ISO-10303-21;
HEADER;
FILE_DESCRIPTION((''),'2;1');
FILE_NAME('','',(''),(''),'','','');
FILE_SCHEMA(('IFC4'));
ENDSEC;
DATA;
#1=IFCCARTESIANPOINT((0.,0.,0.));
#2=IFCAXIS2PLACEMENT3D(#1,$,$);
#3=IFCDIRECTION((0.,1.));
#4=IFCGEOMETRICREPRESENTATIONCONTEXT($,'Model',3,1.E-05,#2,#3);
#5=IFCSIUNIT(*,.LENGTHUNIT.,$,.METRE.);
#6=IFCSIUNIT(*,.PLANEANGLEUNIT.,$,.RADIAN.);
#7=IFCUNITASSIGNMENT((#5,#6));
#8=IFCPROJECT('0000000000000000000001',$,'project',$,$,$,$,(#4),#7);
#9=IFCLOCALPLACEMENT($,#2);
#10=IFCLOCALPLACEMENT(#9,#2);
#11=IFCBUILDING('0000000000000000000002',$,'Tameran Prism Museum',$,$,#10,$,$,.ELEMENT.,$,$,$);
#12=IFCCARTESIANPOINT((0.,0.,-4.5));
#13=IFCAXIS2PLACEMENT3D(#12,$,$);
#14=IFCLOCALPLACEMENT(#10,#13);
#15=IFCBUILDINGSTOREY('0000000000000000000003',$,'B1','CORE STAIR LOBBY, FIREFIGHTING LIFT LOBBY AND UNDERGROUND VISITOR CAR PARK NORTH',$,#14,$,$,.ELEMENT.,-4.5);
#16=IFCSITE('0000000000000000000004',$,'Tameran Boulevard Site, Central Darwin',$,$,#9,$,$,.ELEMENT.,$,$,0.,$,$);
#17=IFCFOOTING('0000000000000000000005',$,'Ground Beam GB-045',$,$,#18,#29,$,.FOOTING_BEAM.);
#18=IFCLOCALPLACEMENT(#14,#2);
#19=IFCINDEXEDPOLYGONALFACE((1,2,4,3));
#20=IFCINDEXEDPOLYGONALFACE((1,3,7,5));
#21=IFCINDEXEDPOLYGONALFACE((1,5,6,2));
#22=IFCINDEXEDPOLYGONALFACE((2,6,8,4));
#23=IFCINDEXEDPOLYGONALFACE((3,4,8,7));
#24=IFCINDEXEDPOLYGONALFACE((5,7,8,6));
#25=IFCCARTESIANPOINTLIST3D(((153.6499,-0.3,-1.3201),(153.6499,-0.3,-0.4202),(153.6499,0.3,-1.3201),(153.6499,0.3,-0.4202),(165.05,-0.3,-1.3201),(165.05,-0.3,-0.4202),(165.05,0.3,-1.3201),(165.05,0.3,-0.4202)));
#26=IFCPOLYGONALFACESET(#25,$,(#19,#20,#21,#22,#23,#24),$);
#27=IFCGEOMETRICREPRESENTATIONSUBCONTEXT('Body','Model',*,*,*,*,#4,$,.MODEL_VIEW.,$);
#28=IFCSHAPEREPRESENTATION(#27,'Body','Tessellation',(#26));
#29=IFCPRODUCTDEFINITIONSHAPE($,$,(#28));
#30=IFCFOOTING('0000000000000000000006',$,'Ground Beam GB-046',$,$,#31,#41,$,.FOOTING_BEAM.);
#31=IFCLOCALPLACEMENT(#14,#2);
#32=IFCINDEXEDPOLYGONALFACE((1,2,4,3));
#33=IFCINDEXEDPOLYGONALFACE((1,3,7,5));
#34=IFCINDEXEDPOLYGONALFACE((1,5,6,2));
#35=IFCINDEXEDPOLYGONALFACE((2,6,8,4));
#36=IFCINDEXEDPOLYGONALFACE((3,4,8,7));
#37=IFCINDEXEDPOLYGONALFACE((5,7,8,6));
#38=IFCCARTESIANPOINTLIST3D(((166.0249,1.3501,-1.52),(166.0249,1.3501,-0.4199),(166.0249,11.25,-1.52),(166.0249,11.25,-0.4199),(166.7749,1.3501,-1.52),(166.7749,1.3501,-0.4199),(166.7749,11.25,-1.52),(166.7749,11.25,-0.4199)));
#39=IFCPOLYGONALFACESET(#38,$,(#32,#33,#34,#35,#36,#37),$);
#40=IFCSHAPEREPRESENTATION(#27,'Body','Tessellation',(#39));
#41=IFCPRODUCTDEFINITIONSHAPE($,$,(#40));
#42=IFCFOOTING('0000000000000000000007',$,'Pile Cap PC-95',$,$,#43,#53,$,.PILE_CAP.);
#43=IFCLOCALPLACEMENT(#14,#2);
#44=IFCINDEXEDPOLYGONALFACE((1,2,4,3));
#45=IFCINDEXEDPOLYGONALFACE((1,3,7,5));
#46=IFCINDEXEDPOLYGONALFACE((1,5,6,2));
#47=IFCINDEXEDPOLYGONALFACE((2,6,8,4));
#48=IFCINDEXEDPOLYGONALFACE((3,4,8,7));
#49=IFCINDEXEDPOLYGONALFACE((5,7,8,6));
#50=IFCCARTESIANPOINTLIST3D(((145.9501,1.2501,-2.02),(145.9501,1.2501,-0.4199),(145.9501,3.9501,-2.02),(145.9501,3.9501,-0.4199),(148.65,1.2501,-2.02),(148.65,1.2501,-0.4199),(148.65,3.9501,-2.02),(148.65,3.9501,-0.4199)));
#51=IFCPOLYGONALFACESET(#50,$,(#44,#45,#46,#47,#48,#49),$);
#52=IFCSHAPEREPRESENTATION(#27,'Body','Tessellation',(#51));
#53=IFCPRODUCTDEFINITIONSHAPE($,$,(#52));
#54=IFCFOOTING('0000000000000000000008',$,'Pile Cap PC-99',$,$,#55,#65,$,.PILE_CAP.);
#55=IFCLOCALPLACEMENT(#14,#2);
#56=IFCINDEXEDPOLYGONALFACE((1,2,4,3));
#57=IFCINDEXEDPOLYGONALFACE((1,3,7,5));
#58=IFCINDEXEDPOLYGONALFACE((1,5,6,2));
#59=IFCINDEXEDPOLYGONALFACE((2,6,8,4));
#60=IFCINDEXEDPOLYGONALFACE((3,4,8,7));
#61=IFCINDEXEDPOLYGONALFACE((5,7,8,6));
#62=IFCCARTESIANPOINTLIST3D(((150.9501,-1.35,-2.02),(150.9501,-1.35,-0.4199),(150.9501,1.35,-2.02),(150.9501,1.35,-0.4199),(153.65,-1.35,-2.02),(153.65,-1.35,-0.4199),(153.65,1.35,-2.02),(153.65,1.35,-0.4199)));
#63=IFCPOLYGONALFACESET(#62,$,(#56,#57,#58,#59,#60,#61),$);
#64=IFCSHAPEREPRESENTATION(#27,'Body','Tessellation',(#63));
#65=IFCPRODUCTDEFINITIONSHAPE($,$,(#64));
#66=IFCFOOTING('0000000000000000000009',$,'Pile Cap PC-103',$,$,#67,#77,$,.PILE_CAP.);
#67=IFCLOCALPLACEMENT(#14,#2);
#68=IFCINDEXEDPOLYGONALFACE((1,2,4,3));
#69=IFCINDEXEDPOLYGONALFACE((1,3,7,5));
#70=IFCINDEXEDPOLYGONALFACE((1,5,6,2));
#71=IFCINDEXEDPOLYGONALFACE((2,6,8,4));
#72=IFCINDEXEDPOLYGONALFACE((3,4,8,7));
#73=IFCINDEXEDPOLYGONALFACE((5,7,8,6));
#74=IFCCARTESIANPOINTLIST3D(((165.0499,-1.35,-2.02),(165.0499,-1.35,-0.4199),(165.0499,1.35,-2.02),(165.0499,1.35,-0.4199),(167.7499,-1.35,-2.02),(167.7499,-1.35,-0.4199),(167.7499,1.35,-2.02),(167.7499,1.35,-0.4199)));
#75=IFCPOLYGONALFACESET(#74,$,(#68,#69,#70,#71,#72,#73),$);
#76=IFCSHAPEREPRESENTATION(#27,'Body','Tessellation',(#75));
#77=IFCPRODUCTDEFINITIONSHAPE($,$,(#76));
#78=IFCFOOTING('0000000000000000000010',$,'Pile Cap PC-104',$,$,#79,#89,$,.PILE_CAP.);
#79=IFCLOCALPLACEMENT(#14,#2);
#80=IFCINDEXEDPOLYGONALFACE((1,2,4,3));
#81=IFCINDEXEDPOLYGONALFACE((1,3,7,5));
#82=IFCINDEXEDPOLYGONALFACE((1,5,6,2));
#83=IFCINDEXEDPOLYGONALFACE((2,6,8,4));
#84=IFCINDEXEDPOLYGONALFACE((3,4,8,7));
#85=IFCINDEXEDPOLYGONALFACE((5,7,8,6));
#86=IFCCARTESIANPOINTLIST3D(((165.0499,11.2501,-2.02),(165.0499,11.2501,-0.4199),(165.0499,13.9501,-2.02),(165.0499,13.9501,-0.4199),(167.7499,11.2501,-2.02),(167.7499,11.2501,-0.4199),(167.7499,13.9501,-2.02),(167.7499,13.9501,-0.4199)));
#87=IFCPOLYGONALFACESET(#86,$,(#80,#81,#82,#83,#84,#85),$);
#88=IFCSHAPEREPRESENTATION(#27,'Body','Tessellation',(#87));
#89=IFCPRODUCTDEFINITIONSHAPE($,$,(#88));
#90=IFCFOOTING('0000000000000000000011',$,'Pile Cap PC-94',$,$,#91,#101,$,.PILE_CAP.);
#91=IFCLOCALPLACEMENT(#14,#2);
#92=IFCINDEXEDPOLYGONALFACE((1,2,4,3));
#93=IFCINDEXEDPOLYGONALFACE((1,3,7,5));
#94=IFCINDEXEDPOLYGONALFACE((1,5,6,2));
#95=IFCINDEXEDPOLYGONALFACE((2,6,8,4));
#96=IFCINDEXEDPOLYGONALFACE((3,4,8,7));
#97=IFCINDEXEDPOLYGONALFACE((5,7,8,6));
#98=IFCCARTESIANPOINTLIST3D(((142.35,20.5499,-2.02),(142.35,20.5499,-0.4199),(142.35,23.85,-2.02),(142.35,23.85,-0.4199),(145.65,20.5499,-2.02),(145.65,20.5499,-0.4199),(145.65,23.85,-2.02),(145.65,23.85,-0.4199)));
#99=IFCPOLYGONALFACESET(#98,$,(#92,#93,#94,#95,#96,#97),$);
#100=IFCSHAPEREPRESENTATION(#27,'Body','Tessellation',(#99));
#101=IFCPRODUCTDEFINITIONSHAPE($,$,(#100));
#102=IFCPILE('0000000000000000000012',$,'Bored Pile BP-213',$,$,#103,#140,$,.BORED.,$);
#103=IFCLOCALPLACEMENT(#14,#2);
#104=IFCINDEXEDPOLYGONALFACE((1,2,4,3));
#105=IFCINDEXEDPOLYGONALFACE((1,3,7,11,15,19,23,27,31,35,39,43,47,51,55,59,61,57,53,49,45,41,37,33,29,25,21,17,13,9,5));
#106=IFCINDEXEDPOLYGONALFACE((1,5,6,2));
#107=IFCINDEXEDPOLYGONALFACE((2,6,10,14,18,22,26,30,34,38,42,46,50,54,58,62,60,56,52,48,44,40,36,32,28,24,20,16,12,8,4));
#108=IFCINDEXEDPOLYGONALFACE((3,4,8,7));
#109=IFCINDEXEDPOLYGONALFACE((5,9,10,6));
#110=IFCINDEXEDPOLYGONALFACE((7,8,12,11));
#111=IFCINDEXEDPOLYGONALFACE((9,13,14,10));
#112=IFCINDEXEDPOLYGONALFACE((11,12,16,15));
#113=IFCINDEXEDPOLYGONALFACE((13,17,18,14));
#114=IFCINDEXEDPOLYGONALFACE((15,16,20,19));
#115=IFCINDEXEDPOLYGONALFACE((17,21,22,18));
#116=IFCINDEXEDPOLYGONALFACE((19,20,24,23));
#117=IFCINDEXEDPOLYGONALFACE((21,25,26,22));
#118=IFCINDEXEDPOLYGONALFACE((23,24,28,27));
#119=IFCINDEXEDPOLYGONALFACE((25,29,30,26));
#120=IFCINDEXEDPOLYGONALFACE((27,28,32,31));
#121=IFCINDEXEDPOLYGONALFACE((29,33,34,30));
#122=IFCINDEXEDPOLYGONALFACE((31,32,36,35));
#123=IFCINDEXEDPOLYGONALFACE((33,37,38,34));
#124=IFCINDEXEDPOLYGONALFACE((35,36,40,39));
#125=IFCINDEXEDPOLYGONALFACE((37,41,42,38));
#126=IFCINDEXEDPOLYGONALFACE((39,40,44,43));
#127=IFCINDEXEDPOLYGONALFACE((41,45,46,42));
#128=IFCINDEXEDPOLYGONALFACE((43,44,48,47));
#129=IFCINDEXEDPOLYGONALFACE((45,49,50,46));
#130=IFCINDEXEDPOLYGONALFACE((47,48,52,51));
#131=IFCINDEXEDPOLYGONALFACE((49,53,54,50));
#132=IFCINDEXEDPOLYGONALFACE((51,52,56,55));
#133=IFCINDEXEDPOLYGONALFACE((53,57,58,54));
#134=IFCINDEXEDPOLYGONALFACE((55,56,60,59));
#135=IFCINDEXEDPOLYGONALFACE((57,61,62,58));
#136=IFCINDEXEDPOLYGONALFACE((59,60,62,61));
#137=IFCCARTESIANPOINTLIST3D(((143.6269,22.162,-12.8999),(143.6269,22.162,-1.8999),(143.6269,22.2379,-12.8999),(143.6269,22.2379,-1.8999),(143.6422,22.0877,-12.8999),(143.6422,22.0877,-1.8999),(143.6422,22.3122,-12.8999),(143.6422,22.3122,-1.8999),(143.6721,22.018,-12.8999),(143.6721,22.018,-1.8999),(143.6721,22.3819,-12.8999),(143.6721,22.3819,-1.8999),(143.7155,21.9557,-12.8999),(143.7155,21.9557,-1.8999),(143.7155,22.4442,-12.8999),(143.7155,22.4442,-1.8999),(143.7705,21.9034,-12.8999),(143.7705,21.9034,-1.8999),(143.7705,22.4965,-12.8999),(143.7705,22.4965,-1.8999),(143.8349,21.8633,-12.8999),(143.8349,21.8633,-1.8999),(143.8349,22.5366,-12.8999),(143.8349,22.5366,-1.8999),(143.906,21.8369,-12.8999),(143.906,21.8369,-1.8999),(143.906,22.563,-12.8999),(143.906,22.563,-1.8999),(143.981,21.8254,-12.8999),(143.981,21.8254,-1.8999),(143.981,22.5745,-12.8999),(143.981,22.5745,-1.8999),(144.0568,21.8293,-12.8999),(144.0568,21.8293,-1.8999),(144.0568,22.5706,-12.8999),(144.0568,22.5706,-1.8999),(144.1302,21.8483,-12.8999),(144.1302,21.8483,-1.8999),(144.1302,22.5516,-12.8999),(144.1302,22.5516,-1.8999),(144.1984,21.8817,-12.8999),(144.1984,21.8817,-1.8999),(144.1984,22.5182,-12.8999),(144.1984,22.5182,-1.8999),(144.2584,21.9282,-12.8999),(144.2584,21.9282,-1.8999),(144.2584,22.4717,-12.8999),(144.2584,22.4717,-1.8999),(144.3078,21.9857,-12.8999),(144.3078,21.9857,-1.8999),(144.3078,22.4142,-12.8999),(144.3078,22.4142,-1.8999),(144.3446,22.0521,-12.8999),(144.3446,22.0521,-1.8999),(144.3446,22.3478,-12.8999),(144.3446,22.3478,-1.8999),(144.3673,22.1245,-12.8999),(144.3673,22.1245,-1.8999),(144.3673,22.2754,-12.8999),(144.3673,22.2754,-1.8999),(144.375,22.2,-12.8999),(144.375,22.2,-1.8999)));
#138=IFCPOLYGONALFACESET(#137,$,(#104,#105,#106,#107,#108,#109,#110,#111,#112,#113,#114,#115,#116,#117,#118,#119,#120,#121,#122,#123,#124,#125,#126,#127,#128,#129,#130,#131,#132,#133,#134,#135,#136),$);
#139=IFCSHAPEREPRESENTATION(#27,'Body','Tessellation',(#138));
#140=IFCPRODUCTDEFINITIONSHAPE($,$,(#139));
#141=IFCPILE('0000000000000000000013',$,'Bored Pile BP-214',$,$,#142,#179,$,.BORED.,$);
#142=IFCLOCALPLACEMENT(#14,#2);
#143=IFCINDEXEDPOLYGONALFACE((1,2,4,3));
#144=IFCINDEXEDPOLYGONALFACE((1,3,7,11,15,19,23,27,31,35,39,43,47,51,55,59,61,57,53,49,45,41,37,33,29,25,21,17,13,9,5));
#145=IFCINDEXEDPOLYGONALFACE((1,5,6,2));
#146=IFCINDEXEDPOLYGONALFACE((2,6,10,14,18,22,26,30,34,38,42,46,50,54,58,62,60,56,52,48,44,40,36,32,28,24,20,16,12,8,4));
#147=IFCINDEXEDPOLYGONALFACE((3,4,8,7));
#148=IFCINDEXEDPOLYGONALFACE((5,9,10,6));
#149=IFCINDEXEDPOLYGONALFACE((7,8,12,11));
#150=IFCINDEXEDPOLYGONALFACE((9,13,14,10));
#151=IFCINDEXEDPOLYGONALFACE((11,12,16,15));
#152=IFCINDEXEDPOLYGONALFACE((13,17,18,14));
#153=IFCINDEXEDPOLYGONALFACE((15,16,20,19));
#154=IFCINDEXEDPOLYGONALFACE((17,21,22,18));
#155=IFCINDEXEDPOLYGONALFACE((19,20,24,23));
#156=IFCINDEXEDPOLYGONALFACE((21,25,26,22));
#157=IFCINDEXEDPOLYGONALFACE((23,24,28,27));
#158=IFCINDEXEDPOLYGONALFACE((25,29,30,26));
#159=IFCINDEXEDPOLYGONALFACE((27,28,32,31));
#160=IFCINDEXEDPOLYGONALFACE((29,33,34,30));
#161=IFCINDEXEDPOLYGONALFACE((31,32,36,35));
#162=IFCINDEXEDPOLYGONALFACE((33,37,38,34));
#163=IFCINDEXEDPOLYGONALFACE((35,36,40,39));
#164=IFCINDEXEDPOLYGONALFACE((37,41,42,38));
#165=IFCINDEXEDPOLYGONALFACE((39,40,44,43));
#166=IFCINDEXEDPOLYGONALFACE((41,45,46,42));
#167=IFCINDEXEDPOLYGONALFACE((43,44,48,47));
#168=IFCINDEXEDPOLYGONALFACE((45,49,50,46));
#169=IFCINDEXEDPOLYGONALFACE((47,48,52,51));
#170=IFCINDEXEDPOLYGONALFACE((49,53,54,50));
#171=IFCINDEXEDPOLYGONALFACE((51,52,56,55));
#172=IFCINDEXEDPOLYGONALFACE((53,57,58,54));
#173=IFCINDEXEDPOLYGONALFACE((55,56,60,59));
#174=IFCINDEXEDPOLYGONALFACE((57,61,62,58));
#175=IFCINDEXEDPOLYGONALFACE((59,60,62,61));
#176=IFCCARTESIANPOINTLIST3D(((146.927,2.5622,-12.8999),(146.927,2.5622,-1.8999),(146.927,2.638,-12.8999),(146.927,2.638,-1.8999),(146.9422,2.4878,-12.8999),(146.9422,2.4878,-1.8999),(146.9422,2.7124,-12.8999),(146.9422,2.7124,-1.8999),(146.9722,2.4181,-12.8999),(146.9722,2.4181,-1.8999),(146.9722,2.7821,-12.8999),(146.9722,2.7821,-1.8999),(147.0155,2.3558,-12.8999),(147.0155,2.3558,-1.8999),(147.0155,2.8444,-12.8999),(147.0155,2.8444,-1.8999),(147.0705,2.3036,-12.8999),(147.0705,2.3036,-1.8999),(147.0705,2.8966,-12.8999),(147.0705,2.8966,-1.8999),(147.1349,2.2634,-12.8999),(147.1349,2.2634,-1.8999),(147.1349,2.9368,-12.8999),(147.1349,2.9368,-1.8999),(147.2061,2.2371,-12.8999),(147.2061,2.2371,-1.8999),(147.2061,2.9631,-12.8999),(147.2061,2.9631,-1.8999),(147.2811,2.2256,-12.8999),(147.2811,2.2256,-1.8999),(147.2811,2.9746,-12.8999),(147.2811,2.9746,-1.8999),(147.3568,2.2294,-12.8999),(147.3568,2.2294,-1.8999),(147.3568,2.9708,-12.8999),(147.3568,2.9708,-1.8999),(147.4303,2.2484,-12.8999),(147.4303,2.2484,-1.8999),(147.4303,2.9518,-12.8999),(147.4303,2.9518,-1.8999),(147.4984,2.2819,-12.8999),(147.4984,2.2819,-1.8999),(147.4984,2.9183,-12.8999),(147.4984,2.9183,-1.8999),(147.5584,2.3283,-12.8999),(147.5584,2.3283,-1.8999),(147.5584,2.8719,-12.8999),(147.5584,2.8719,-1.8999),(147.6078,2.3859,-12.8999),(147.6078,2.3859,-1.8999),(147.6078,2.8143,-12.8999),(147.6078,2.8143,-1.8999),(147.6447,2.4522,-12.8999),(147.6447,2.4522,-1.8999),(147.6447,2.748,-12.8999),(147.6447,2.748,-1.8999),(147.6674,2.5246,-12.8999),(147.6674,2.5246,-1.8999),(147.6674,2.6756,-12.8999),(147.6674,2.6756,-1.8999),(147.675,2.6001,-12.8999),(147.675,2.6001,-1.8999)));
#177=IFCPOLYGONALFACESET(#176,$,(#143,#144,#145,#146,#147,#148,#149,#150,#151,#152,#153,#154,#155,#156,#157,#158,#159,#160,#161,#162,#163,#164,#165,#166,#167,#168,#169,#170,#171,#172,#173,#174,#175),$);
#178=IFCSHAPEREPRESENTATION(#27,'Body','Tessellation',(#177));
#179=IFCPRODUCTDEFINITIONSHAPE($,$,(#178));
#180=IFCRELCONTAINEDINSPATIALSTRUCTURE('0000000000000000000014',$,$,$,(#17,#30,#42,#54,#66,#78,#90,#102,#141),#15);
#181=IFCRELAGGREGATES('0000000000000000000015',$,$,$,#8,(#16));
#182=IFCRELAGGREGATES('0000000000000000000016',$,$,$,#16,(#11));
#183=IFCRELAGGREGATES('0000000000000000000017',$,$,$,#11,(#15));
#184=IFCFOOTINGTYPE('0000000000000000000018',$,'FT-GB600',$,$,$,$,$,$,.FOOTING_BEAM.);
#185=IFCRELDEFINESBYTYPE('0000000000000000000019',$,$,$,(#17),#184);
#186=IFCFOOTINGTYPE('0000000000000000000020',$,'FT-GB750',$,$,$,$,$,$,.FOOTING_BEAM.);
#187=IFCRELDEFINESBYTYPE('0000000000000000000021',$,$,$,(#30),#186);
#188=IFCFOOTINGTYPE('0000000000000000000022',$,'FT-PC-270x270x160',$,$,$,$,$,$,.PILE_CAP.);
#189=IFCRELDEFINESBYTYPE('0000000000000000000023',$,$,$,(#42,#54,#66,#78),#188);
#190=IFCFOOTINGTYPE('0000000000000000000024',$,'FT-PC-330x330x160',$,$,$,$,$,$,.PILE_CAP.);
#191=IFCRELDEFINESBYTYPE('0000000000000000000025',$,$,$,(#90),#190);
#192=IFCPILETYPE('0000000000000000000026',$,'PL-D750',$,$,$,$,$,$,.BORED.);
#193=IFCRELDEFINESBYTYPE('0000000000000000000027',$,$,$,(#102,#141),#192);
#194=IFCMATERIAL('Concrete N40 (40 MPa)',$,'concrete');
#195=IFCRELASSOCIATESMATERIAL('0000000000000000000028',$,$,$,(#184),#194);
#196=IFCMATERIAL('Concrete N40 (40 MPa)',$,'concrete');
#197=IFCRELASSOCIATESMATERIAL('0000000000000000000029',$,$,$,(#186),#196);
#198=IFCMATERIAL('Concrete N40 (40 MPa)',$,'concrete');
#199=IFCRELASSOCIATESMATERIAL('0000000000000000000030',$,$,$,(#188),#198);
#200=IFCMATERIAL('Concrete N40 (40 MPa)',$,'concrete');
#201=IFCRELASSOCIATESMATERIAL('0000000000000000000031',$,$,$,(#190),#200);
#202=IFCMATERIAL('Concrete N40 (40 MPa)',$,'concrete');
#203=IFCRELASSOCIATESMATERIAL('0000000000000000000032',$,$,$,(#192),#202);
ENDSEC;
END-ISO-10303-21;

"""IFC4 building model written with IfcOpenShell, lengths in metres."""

from ifc_helpers import new_model, si_unit, direction, frame, origin, origin_2d, place, context, subcontext, project, spatial, rectangle, circle, extrude, material, material_profile, profile_set, type_object, element, save


model = new_model("IFC4")

# Units and contexts
model_context = context("Model", 3, precision=1e-05, world=origin(), true_north=direction((0.0, 1.0)))
body_context = subcontext(model_context, "Body", "Model", "MODEL_VIEW")
ifc_project = project(units=[si_unit("LENGTHUNIT", "METRE"), si_unit("PLANEANGLEUNIT", "RADIAN")], contexts=[model_context])

# Site, building, storey
site_placement = place(None, origin())
site = spatial("IfcSite", under=ifc_project, at=site_placement, Name="Tameran Boulevard Site, Central Darwin", CompositionType="ELEMENT", RefElevation=0.0)
building_placement = place(site_placement, origin())
building = spatial("IfcBuilding", under=site, at=building_placement, Name="Tameran Prism Museum", CompositionType="ELEMENT")
storey_placement = place(building_placement, frame((0.0, 0.0, -4.5)))
storey = spatial("IfcBuildingStorey", under=building, at=storey_placement, Name="B1", Description="CORE STAIR LOBBY, FIREFIGHTING LIFT LOBBY AND UNDERGROUND VISITOR CAR PARK NORTH", CompositionType="ELEMENT", Elevation=-4.5)

# Footings
ifc_material_1 = material(Name="Concrete N40 (40 MPa)", Category="concrete")
ifc_material_profile_1 = material_profile(ifc_material_1, rectangle(XDim=0.6001, YDim=0.8999, at=origin_2d()))
ifc_profile_set_1 = profile_set([ifc_material_profile_1])
footing_type_1 = type_object("IfcFootingType", Name="FT-GB600", PredefinedType="FOOTING_BEAM", material=ifc_profile_set_1)
footing_1_placement = place(storey_placement, frame((153.6499, 0.0, -0.8701), z_axis=(1.0, 0.0, 0.0), x_axis=(0.0, 1.0, 0.0)))
element("IfcFooting", 1, at=footing_1_placement, inside=storey, type_object=footing_type_1, Name="Ground Beam GB-045", PredefinedType="FOOTING_BEAM", context=body_context, shape_type="SweptSolid", body=[
    extrude(rectangle(XDim=0.6001, YDim=0.8999, at=origin_2d()), origin(), (0.0, 0.0, 1.0), 11.4001),
])
ifc_material_2 = material(Name="Concrete N40 (40 MPa)", Category="concrete")
ifc_material_profile_2 = material_profile(ifc_material_2, rectangle(XDim=0.75, YDim=1.1001, at=origin_2d()))
ifc_profile_set_2 = profile_set([ifc_material_profile_2])
footing_type_2 = type_object("IfcFootingType", Name="FT-GB750", PredefinedType="FOOTING_BEAM", material=ifc_profile_set_2)
footing_2_placement = place(storey_placement, frame((166.3999, 1.3501, -0.97), z_axis=(0.0, 1.0, 0.0), x_axis=(-1.0, 0.0, 0.0)))
element("IfcFooting", 2, at=footing_2_placement, inside=storey, type_object=footing_type_2, Name="Ground Beam GB-046", PredefinedType="FOOTING_BEAM", context=body_context, shape_type="SweptSolid", body=[
    extrude(rectangle(XDim=0.75, YDim=1.1001, at=origin_2d()), origin(), (0.0, 0.0, 1.0), 9.8999),
])
ifc_material_3 = material(Name="Concrete N40 (40 MPa)", Category="concrete")
footing_type_3 = type_object("IfcFootingType", Name="FT-PC-270x270x160", PredefinedType="PILE_CAP", material=ifc_material_3)
for number, where, z_axis, x_axis, name in (
    (3, (147.3, 2.6001, -2.02), (0.0, 0.0, 1.0), (1.0, 0.0, 0.0), "Pile Cap PC-95"),
    (4, (152.3, 0.0, -2.02), (0.0, 0.0, 1.0), (1.0, 0.0, 0.0), "Pile Cap PC-99"),
    (5, (166.3999, 0.0, -2.02), (0.0, 0.0, 1.0), (1.0, 0.0, 0.0), "Pile Cap PC-103"),
    (6, (166.3999, 12.6001, -2.02), (0.0, 0.0, 1.0), (1.0, 0.0, 0.0), "Pile Cap PC-104"),
):
    element("IfcFooting", number, at=place(storey_placement, frame(where, z_axis=z_axis, x_axis=x_axis)), inside=storey, type_object=footing_type_3, Name=name, PredefinedType="PILE_CAP", context=body_context, shape_type="SweptSolid", body=[
        extrude(rectangle(XDim=2.7, YDim=2.7, at=origin_2d()), origin(), (0.0, 0.0, 1.0), 1.6001),
    ])
ifc_material_4 = material(Name="Concrete N40 (40 MPa)", Category="concrete")
footing_type_4 = type_object("IfcFootingType", Name="FT-PC-330x330x160", PredefinedType="PILE_CAP", material=ifc_material_4)
footing_3_placement = place(storey_placement, frame((144.0, 22.2, -2.02), z_axis=(0.0, 0.0, 1.0), x_axis=(1.0, 0.0, 0.0)))
element("IfcFooting", 7, at=footing_3_placement, inside=storey, type_object=footing_type_4, Name="Pile Cap PC-94", PredefinedType="PILE_CAP", context=body_context, shape_type="SweptSolid", body=[
    extrude(rectangle(XDim=3.3, YDim=3.3, at=origin_2d()), origin(), (0.0, 0.0, 1.0), 1.6001),
])

# Piles
ifc_material_5 = material(Name="Concrete N40 (40 MPa)", Category="concrete")
ifc_material_profile_3 = material_profile(ifc_material_5, circle(Radius=0.375, at=origin_2d()))
ifc_profile_set_3 = profile_set([ifc_material_profile_3])
pile_type_1 = type_object("IfcPileType", Name="PL-D750", PredefinedType="BORED", material=ifc_profile_set_3)
for number, where, z_axis, x_axis, name in (
    (8, (144.0, 22.2, -1.8999), (0.0, 0.0, -1.0), (1.0, 0.0, 0.0), "Bored Pile BP-213"),
    (9, (147.3, 2.6001, -1.8999), (0.0, 0.0, -1.0), (1.0, 0.0, 0.0), "Bored Pile BP-214"),
):
    element("IfcPile", number, at=place(storey_placement, frame(where, z_axis=z_axis, x_axis=x_axis)), inside=storey, type_object=pile_type_1, Name=name, PredefinedType="BORED", context=body_context, shape_type="SweptSolid", body=[
        extrude(circle(Radius=0.375, at=origin_2d()), origin(), (0.0, 0.0, 1.0), 11.0),
    ])

save(model, "model.ifc")
